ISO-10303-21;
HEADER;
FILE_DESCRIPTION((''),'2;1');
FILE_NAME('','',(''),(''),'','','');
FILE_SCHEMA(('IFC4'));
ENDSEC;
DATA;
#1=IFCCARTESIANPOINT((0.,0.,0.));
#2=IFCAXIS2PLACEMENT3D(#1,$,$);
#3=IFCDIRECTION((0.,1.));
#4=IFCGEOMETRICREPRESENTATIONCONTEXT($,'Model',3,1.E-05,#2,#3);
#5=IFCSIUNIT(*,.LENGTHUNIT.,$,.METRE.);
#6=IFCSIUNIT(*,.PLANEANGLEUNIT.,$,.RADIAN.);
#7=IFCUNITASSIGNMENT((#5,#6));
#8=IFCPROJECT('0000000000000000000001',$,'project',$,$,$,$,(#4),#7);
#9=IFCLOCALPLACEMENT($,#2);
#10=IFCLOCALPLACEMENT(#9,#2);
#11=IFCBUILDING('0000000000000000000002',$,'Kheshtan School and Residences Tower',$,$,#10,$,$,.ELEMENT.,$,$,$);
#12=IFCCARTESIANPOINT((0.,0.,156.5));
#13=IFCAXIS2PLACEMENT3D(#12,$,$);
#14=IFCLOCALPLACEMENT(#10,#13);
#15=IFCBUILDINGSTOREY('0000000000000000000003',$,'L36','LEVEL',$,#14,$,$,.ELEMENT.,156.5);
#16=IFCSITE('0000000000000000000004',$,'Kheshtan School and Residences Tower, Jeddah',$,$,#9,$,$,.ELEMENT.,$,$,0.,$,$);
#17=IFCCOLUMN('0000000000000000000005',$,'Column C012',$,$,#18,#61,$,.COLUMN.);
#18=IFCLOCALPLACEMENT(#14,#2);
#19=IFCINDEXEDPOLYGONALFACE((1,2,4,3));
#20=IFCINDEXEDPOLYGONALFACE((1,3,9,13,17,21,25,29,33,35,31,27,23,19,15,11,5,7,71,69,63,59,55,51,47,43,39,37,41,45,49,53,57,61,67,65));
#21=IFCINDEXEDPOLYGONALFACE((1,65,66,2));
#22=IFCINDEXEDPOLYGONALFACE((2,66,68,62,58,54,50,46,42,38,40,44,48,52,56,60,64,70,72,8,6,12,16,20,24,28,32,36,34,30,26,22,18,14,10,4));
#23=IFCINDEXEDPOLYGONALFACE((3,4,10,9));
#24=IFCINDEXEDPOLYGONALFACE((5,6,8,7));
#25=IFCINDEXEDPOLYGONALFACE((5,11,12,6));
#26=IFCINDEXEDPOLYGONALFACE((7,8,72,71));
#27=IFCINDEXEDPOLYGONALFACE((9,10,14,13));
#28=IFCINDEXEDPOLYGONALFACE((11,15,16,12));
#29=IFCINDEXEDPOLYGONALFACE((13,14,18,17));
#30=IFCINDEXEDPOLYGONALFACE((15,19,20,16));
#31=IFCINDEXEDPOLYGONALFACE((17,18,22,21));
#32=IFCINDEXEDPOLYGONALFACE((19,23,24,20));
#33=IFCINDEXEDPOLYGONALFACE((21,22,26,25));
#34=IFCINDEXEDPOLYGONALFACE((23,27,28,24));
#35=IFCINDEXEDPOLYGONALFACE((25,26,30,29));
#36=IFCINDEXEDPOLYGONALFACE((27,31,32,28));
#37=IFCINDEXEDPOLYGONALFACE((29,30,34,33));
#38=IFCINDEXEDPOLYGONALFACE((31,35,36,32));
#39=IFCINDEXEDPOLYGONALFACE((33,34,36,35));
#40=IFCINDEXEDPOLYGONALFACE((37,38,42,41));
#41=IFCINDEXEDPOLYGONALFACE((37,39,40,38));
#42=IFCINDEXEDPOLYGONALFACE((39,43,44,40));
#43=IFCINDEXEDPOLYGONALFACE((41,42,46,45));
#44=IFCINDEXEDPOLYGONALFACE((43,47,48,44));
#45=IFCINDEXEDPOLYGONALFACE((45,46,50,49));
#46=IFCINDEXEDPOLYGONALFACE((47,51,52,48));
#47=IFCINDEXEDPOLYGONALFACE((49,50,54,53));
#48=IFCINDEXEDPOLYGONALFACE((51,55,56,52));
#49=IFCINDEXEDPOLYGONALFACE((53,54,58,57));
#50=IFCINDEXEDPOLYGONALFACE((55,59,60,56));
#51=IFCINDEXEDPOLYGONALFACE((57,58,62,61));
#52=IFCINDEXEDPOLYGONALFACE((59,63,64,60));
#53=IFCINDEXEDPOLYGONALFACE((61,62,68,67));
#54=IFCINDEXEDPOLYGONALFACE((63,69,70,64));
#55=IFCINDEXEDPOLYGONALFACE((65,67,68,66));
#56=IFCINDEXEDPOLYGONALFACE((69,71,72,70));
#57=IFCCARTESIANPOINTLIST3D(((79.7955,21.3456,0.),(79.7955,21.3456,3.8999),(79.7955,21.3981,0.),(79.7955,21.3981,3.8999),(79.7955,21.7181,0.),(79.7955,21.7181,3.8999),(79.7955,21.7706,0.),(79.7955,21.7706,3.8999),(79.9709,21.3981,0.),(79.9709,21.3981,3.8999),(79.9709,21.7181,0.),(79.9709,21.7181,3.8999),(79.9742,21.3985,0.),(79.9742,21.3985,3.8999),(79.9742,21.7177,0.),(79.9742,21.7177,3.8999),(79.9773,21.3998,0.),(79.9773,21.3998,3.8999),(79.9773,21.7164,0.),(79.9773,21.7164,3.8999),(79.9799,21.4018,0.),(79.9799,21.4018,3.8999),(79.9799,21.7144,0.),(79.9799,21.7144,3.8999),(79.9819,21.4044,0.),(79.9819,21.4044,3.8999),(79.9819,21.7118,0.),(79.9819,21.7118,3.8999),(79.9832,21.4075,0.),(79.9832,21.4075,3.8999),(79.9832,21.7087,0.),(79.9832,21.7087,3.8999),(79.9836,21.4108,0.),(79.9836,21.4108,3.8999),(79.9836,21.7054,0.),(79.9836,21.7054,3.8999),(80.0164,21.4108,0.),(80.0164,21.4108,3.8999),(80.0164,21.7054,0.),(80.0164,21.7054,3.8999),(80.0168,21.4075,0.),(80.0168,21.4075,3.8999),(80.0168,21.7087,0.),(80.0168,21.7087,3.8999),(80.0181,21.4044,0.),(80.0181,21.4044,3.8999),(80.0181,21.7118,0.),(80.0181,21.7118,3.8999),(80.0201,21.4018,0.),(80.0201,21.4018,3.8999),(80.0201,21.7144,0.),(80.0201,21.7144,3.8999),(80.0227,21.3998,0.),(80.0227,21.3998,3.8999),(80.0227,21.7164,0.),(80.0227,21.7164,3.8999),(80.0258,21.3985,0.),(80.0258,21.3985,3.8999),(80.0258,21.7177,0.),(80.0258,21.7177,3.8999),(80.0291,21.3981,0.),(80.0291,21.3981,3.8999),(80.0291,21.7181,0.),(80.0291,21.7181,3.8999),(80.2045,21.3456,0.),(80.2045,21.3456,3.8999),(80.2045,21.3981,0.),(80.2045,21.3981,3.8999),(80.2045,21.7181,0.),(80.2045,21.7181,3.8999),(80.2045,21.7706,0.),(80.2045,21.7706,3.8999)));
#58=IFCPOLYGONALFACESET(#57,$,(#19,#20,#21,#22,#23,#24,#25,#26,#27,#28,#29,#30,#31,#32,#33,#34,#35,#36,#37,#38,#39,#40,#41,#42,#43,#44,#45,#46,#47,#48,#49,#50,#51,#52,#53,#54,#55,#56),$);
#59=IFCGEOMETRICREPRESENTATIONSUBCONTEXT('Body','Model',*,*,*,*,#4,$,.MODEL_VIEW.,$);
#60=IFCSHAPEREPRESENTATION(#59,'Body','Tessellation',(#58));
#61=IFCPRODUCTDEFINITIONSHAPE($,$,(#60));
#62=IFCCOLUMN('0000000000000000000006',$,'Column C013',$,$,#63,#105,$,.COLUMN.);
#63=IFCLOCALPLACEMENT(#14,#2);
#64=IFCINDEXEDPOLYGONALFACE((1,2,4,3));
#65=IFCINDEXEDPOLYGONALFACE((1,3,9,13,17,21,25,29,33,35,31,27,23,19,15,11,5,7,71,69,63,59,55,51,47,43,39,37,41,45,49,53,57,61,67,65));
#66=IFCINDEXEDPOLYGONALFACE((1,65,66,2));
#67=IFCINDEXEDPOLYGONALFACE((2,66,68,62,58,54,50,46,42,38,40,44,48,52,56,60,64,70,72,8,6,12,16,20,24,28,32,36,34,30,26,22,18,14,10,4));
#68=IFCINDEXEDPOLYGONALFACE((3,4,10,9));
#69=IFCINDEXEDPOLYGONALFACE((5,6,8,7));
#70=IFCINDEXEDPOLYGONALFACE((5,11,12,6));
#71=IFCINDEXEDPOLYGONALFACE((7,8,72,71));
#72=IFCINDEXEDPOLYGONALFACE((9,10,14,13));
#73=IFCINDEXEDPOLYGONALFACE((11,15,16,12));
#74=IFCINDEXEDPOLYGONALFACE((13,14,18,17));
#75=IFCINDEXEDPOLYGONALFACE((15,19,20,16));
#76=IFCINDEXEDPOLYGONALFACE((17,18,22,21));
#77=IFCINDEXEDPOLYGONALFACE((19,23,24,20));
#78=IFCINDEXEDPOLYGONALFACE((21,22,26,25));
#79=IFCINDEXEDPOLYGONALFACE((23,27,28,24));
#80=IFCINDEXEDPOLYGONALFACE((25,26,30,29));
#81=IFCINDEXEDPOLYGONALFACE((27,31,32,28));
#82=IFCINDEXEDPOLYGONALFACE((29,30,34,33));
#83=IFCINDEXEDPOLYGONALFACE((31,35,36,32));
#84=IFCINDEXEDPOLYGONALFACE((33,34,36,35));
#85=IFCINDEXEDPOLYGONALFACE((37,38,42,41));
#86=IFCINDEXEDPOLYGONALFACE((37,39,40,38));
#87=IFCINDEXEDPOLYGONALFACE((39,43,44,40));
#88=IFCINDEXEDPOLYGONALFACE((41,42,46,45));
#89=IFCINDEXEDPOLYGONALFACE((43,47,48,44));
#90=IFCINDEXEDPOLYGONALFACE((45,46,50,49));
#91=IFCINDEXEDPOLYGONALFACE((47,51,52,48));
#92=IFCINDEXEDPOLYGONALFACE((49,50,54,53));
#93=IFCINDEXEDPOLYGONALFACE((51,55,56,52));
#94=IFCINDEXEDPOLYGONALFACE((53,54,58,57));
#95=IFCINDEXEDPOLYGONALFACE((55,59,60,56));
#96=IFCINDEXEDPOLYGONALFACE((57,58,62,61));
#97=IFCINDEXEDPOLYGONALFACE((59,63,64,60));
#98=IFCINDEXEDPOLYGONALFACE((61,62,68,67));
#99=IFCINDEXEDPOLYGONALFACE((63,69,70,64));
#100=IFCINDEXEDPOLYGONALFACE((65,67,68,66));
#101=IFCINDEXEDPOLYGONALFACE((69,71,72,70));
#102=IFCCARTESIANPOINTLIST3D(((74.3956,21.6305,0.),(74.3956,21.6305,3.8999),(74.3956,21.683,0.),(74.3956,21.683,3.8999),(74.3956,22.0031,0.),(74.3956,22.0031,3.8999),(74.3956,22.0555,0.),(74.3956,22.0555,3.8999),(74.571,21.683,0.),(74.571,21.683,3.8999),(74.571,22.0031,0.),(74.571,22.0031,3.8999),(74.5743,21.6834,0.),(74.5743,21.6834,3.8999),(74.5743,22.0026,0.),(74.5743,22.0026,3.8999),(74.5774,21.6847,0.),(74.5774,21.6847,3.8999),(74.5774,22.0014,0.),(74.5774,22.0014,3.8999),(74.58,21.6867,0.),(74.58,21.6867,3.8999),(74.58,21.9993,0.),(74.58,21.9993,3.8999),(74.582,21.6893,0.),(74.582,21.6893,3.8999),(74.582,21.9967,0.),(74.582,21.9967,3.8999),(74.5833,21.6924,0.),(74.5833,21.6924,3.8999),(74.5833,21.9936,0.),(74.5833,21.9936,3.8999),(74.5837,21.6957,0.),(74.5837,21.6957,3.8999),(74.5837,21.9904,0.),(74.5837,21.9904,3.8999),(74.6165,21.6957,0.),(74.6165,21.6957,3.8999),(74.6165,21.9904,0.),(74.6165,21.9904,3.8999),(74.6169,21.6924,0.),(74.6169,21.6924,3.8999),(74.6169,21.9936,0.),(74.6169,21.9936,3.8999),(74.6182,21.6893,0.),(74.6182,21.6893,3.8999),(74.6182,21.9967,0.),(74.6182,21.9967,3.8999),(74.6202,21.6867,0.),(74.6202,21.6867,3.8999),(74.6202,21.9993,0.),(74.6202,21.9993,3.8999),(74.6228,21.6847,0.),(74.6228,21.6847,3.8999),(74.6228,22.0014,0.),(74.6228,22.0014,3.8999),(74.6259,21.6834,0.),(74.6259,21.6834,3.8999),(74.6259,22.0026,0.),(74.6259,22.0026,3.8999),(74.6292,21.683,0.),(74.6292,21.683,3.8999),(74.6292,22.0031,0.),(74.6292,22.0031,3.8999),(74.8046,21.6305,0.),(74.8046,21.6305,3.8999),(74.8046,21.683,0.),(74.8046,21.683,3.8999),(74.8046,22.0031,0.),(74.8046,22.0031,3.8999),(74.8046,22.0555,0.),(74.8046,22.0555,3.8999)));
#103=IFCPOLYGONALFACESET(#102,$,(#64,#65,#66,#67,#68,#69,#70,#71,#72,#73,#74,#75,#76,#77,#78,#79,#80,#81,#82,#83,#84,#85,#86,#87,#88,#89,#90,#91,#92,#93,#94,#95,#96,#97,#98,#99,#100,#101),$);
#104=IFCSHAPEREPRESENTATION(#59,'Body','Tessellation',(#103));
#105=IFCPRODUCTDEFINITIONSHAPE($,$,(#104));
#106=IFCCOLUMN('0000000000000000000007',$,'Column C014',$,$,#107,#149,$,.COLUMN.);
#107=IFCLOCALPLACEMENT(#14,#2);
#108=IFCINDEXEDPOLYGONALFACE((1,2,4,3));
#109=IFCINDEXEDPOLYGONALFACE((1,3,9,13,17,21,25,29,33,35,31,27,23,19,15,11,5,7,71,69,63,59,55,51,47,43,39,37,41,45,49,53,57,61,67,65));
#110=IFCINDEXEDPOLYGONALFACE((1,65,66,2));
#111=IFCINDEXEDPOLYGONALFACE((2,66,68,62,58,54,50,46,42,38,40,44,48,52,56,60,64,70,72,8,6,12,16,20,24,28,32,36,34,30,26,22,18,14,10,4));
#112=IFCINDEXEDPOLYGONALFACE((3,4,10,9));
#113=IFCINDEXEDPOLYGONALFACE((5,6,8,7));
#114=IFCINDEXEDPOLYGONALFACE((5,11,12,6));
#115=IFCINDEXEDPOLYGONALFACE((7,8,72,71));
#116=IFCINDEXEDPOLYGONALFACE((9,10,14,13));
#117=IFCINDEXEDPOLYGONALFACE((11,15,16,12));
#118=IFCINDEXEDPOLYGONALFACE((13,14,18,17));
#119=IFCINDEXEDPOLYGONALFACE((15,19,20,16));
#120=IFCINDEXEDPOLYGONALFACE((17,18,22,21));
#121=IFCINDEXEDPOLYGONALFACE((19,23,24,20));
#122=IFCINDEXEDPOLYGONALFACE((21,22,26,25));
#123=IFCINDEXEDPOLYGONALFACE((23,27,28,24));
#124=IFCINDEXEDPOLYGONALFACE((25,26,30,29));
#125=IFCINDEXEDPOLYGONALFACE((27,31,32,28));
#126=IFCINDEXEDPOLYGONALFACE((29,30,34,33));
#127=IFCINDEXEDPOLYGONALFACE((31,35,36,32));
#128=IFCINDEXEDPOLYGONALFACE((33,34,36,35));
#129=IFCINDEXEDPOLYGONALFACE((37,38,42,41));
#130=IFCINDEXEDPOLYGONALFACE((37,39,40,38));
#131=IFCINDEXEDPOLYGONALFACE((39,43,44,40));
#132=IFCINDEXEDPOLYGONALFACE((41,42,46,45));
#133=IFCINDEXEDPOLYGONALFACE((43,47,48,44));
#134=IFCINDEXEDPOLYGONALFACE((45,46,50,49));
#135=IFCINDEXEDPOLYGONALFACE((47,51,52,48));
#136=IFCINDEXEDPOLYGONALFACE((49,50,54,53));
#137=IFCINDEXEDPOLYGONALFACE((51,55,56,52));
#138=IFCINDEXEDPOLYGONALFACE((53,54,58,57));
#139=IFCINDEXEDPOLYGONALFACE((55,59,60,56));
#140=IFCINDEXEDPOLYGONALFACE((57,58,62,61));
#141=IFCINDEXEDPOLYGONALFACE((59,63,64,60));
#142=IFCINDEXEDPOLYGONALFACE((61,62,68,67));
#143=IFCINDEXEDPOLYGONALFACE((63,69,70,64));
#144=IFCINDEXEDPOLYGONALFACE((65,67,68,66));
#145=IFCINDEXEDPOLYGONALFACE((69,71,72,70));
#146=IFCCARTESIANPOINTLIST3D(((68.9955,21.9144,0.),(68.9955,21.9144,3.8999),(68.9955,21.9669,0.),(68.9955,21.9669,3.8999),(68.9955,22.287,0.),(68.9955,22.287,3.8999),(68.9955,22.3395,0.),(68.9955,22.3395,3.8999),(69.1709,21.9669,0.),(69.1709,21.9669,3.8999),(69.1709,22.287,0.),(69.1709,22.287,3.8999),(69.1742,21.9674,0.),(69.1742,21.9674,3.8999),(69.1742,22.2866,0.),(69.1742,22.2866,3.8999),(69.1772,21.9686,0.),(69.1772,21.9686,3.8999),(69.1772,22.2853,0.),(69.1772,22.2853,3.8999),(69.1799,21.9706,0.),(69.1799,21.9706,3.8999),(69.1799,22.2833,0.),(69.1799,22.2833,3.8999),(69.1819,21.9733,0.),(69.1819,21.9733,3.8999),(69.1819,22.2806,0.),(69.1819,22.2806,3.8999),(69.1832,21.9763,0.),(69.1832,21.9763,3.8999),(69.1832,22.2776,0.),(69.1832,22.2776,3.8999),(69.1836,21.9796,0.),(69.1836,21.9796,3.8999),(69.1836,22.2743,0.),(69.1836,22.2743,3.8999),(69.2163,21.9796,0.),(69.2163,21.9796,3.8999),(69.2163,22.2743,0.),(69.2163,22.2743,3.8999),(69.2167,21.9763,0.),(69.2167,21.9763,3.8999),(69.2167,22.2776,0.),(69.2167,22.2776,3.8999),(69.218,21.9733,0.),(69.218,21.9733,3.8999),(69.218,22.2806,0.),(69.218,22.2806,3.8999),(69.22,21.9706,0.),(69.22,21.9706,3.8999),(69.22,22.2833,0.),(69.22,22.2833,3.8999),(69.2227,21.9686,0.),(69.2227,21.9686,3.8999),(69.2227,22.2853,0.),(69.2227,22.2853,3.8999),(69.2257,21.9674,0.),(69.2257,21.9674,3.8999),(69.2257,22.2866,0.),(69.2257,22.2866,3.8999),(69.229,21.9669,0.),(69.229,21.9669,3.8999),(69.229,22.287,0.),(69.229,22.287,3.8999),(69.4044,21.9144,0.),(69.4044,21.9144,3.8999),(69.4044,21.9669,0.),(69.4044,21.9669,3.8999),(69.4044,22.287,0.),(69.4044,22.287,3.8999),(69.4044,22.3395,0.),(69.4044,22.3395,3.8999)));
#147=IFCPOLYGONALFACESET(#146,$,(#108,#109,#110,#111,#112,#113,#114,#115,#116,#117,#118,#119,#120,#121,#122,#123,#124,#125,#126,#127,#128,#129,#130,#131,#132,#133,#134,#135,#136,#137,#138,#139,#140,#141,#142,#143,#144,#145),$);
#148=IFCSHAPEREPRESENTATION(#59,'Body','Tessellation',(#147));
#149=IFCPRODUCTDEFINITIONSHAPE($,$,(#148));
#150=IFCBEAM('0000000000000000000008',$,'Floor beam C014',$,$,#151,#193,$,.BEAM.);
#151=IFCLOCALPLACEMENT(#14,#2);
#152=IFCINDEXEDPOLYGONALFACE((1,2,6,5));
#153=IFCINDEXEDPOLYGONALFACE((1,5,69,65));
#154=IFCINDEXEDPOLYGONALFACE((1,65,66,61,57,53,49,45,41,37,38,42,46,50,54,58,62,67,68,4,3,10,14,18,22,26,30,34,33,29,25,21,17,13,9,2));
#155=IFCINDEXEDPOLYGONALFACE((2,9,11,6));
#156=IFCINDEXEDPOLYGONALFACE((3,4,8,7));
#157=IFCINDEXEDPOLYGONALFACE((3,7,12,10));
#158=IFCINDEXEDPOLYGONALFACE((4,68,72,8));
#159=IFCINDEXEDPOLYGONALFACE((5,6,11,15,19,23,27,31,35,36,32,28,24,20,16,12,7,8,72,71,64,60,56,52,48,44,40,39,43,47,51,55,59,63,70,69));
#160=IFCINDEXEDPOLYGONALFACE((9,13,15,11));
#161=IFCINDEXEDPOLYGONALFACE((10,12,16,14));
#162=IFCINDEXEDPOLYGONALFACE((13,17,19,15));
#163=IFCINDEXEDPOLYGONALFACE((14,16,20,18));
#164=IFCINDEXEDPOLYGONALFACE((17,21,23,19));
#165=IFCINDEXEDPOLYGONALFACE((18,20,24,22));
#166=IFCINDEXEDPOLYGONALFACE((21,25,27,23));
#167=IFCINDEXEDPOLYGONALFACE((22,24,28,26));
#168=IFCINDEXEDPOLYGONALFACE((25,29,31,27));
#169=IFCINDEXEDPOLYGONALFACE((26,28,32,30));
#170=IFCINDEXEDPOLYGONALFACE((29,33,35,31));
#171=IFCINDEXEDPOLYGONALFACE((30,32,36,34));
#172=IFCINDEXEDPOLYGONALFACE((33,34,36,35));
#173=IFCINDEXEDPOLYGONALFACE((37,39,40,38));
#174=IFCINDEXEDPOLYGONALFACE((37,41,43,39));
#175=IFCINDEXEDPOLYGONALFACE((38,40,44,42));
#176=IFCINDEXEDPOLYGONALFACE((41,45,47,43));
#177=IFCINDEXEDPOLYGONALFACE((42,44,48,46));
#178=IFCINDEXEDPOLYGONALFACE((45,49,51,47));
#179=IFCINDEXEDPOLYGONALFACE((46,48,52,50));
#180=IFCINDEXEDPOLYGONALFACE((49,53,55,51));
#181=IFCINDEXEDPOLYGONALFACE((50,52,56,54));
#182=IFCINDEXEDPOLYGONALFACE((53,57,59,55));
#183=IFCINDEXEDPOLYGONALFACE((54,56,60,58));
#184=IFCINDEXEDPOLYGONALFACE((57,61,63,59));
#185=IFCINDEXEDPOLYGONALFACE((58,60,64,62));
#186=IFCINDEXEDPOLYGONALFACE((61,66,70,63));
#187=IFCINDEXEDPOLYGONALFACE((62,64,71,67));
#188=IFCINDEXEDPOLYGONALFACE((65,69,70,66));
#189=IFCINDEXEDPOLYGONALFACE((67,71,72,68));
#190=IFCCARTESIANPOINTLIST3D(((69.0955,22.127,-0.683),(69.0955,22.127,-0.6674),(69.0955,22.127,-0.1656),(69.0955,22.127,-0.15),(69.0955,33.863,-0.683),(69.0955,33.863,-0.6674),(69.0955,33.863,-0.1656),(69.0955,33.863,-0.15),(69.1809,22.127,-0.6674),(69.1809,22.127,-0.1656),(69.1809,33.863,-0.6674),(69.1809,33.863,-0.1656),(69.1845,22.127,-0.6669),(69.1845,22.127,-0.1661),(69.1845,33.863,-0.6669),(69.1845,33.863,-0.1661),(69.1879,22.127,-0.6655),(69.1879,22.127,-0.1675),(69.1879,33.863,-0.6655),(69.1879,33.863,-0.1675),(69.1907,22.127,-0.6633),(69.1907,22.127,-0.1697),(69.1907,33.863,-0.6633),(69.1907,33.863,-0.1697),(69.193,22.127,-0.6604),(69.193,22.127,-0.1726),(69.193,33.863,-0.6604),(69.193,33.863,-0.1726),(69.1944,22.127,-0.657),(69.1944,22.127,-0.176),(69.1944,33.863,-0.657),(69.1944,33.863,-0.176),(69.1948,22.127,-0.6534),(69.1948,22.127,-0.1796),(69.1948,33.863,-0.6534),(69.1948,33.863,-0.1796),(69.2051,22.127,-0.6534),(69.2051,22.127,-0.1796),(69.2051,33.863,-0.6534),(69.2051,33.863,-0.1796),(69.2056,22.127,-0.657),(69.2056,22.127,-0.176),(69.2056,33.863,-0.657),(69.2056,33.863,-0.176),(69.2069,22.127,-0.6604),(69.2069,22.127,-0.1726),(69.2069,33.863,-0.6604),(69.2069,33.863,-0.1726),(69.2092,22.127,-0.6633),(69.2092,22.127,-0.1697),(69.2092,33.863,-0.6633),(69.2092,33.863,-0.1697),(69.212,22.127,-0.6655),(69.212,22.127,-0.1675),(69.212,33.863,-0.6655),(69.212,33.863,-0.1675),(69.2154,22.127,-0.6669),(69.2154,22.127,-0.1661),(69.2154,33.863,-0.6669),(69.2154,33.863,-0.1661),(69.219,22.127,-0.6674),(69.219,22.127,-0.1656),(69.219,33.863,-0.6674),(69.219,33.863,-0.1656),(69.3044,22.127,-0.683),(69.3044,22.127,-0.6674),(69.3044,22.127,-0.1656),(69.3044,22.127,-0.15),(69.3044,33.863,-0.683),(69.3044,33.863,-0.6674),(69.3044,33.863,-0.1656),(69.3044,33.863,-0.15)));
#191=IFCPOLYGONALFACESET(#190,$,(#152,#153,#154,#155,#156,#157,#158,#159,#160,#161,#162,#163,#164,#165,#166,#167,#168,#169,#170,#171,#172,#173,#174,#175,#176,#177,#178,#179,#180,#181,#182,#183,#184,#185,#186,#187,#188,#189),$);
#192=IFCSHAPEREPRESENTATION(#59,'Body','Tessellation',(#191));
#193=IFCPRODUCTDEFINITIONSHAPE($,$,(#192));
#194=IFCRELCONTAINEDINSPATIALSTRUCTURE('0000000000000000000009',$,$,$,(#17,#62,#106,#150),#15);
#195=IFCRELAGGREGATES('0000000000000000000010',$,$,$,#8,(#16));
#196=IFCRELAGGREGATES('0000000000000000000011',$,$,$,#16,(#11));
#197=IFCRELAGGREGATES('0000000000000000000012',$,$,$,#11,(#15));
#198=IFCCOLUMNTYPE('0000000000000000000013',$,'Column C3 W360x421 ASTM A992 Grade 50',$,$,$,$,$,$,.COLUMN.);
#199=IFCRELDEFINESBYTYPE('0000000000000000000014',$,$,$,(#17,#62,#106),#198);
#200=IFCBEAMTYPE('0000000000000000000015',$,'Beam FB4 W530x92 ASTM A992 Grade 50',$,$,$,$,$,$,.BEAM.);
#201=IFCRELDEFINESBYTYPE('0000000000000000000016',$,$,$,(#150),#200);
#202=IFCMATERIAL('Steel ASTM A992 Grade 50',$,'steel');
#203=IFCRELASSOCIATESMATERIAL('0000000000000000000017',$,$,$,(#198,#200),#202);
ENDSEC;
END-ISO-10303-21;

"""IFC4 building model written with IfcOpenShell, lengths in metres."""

from ifc_helpers import new_model, si_unit, direction, frame, origin, origin_2d, place, context, subcontext, project, spatial, i_section, extrude, material, material_profile, profile_set, type_object, element, save


model = new_model("IFC4")

# Units and contexts
model_context = context("Model", 3, precision=1e-05, world=origin(), true_north=direction((0.0, 1.0)))
body_context = subcontext(model_context, "Body", "Model", "MODEL_VIEW")
ifc_project = project(units=[si_unit("LENGTHUNIT", "METRE"), si_unit("PLANEANGLEUNIT", "RADIAN")], contexts=[model_context])

# Site, building, storey
site_placement = place(None, origin())
site = spatial("IfcSite", under=ifc_project, at=site_placement, Name="Kheshtan School and Residences Tower, Jeddah", CompositionType="ELEMENT", RefElevation=0.0)
building_placement = place(site_placement, origin())
building = spatial("IfcBuilding", under=site, at=building_placement, Name="Kheshtan School and Residences Tower", CompositionType="ELEMENT")
storey_placement = place(building_placement, frame((0.0, 0.0, 156.5)))
storey = spatial("IfcBuildingStorey", under=building, at=storey_placement, Name="L36", Description="LEVEL", CompositionType="ELEMENT", Elevation=156.5)

# Columns
ifc_material_1 = material(Name="Steel ASTM A992 Grade 50", Category="steel")
ifc_material_profile_1 = material_profile(ifc_material_1, i_section(OverallWidth=0.4089, OverallDepth=0.425, WebThickness=0.0327, FlangeThickness=0.0525, FilletRadius=0.0127, at=origin_2d()), Name="W360x421")
ifc_profile_set_1 = profile_set([ifc_material_profile_1], Name="Steel ASTM A992 Grade 50")
column_type = type_object("IfcColumnType", Name="Column C3 W360x421 ASTM A992 Grade 50", PredefinedType="COLUMN", material=ifc_profile_set_1)
for number, where, z_axis, x_axis, name in (
    (1, (80.0, 21.5581, 0.0), (0.0, 0.0, 1.0), (1.0, 0.0, 0.0), "Column C012"),
    (2, (74.6001, 21.843, 0.0), (0.0, 0.0, 1.0), (1.0, 0.0, 0.0), "Column C013"),
    (3, (69.2, 22.127, 0.0), (0.0, 0.0, 1.0), (1.0, 0.0, 0.0), "Column C014"),
):
    element("IfcColumn", number, at=place(storey_placement, frame(where, z_axis=z_axis, x_axis=x_axis)), inside=storey, type_object=column_type, Name=name, PredefinedType="COLUMN", context=body_context, shape_type="SweptSolid", body=[
        extrude(i_section(OverallWidth=0.4089, OverallDepth=0.425, WebThickness=0.0327, FlangeThickness=0.0525, FilletRadius=0.0127, at=origin_2d()), origin(), (0.0, 0.0, 1.0), 3.8999),
    ])

# Beam
ifc_material_profile_2 = material_profile(ifc_material_1, i_section(OverallWidth=0.209, OverallDepth=0.533, WebThickness=0.0103, FlangeThickness=0.0156, FilletRadius=0.0139, at=origin_2d()), Name="W530x92")
ifc_profile_set_2 = profile_set([ifc_material_profile_2], Name="Steel ASTM A992 Grade 50")
beam_type_1 = type_object("IfcBeamType", Name="Beam FB4 W530x92 ASTM A992 Grade 50", PredefinedType="BEAM", material=ifc_profile_set_2)
beam_1_placement = place(storey_placement, frame((69.2, 22.127, -0.4165), z_axis=(0.0, 1.0, 0.0), x_axis=(-1.0, 0.0, 0.0)))
element("IfcBeam", 4, at=beam_1_placement, inside=storey, type_object=beam_type_1, Name="Floor beam C014", PredefinedType="BEAM", context=body_context, shape_type="SweptSolid", body=[
    extrude(i_section(OverallWidth=0.209, OverallDepth=0.533, WebThickness=0.0103, FlangeThickness=0.0156, FilletRadius=0.0139, at=origin_2d()), origin(), (0.0, 0.0, 1.0), 11.7361),
])

save(model, "model.ifc")
